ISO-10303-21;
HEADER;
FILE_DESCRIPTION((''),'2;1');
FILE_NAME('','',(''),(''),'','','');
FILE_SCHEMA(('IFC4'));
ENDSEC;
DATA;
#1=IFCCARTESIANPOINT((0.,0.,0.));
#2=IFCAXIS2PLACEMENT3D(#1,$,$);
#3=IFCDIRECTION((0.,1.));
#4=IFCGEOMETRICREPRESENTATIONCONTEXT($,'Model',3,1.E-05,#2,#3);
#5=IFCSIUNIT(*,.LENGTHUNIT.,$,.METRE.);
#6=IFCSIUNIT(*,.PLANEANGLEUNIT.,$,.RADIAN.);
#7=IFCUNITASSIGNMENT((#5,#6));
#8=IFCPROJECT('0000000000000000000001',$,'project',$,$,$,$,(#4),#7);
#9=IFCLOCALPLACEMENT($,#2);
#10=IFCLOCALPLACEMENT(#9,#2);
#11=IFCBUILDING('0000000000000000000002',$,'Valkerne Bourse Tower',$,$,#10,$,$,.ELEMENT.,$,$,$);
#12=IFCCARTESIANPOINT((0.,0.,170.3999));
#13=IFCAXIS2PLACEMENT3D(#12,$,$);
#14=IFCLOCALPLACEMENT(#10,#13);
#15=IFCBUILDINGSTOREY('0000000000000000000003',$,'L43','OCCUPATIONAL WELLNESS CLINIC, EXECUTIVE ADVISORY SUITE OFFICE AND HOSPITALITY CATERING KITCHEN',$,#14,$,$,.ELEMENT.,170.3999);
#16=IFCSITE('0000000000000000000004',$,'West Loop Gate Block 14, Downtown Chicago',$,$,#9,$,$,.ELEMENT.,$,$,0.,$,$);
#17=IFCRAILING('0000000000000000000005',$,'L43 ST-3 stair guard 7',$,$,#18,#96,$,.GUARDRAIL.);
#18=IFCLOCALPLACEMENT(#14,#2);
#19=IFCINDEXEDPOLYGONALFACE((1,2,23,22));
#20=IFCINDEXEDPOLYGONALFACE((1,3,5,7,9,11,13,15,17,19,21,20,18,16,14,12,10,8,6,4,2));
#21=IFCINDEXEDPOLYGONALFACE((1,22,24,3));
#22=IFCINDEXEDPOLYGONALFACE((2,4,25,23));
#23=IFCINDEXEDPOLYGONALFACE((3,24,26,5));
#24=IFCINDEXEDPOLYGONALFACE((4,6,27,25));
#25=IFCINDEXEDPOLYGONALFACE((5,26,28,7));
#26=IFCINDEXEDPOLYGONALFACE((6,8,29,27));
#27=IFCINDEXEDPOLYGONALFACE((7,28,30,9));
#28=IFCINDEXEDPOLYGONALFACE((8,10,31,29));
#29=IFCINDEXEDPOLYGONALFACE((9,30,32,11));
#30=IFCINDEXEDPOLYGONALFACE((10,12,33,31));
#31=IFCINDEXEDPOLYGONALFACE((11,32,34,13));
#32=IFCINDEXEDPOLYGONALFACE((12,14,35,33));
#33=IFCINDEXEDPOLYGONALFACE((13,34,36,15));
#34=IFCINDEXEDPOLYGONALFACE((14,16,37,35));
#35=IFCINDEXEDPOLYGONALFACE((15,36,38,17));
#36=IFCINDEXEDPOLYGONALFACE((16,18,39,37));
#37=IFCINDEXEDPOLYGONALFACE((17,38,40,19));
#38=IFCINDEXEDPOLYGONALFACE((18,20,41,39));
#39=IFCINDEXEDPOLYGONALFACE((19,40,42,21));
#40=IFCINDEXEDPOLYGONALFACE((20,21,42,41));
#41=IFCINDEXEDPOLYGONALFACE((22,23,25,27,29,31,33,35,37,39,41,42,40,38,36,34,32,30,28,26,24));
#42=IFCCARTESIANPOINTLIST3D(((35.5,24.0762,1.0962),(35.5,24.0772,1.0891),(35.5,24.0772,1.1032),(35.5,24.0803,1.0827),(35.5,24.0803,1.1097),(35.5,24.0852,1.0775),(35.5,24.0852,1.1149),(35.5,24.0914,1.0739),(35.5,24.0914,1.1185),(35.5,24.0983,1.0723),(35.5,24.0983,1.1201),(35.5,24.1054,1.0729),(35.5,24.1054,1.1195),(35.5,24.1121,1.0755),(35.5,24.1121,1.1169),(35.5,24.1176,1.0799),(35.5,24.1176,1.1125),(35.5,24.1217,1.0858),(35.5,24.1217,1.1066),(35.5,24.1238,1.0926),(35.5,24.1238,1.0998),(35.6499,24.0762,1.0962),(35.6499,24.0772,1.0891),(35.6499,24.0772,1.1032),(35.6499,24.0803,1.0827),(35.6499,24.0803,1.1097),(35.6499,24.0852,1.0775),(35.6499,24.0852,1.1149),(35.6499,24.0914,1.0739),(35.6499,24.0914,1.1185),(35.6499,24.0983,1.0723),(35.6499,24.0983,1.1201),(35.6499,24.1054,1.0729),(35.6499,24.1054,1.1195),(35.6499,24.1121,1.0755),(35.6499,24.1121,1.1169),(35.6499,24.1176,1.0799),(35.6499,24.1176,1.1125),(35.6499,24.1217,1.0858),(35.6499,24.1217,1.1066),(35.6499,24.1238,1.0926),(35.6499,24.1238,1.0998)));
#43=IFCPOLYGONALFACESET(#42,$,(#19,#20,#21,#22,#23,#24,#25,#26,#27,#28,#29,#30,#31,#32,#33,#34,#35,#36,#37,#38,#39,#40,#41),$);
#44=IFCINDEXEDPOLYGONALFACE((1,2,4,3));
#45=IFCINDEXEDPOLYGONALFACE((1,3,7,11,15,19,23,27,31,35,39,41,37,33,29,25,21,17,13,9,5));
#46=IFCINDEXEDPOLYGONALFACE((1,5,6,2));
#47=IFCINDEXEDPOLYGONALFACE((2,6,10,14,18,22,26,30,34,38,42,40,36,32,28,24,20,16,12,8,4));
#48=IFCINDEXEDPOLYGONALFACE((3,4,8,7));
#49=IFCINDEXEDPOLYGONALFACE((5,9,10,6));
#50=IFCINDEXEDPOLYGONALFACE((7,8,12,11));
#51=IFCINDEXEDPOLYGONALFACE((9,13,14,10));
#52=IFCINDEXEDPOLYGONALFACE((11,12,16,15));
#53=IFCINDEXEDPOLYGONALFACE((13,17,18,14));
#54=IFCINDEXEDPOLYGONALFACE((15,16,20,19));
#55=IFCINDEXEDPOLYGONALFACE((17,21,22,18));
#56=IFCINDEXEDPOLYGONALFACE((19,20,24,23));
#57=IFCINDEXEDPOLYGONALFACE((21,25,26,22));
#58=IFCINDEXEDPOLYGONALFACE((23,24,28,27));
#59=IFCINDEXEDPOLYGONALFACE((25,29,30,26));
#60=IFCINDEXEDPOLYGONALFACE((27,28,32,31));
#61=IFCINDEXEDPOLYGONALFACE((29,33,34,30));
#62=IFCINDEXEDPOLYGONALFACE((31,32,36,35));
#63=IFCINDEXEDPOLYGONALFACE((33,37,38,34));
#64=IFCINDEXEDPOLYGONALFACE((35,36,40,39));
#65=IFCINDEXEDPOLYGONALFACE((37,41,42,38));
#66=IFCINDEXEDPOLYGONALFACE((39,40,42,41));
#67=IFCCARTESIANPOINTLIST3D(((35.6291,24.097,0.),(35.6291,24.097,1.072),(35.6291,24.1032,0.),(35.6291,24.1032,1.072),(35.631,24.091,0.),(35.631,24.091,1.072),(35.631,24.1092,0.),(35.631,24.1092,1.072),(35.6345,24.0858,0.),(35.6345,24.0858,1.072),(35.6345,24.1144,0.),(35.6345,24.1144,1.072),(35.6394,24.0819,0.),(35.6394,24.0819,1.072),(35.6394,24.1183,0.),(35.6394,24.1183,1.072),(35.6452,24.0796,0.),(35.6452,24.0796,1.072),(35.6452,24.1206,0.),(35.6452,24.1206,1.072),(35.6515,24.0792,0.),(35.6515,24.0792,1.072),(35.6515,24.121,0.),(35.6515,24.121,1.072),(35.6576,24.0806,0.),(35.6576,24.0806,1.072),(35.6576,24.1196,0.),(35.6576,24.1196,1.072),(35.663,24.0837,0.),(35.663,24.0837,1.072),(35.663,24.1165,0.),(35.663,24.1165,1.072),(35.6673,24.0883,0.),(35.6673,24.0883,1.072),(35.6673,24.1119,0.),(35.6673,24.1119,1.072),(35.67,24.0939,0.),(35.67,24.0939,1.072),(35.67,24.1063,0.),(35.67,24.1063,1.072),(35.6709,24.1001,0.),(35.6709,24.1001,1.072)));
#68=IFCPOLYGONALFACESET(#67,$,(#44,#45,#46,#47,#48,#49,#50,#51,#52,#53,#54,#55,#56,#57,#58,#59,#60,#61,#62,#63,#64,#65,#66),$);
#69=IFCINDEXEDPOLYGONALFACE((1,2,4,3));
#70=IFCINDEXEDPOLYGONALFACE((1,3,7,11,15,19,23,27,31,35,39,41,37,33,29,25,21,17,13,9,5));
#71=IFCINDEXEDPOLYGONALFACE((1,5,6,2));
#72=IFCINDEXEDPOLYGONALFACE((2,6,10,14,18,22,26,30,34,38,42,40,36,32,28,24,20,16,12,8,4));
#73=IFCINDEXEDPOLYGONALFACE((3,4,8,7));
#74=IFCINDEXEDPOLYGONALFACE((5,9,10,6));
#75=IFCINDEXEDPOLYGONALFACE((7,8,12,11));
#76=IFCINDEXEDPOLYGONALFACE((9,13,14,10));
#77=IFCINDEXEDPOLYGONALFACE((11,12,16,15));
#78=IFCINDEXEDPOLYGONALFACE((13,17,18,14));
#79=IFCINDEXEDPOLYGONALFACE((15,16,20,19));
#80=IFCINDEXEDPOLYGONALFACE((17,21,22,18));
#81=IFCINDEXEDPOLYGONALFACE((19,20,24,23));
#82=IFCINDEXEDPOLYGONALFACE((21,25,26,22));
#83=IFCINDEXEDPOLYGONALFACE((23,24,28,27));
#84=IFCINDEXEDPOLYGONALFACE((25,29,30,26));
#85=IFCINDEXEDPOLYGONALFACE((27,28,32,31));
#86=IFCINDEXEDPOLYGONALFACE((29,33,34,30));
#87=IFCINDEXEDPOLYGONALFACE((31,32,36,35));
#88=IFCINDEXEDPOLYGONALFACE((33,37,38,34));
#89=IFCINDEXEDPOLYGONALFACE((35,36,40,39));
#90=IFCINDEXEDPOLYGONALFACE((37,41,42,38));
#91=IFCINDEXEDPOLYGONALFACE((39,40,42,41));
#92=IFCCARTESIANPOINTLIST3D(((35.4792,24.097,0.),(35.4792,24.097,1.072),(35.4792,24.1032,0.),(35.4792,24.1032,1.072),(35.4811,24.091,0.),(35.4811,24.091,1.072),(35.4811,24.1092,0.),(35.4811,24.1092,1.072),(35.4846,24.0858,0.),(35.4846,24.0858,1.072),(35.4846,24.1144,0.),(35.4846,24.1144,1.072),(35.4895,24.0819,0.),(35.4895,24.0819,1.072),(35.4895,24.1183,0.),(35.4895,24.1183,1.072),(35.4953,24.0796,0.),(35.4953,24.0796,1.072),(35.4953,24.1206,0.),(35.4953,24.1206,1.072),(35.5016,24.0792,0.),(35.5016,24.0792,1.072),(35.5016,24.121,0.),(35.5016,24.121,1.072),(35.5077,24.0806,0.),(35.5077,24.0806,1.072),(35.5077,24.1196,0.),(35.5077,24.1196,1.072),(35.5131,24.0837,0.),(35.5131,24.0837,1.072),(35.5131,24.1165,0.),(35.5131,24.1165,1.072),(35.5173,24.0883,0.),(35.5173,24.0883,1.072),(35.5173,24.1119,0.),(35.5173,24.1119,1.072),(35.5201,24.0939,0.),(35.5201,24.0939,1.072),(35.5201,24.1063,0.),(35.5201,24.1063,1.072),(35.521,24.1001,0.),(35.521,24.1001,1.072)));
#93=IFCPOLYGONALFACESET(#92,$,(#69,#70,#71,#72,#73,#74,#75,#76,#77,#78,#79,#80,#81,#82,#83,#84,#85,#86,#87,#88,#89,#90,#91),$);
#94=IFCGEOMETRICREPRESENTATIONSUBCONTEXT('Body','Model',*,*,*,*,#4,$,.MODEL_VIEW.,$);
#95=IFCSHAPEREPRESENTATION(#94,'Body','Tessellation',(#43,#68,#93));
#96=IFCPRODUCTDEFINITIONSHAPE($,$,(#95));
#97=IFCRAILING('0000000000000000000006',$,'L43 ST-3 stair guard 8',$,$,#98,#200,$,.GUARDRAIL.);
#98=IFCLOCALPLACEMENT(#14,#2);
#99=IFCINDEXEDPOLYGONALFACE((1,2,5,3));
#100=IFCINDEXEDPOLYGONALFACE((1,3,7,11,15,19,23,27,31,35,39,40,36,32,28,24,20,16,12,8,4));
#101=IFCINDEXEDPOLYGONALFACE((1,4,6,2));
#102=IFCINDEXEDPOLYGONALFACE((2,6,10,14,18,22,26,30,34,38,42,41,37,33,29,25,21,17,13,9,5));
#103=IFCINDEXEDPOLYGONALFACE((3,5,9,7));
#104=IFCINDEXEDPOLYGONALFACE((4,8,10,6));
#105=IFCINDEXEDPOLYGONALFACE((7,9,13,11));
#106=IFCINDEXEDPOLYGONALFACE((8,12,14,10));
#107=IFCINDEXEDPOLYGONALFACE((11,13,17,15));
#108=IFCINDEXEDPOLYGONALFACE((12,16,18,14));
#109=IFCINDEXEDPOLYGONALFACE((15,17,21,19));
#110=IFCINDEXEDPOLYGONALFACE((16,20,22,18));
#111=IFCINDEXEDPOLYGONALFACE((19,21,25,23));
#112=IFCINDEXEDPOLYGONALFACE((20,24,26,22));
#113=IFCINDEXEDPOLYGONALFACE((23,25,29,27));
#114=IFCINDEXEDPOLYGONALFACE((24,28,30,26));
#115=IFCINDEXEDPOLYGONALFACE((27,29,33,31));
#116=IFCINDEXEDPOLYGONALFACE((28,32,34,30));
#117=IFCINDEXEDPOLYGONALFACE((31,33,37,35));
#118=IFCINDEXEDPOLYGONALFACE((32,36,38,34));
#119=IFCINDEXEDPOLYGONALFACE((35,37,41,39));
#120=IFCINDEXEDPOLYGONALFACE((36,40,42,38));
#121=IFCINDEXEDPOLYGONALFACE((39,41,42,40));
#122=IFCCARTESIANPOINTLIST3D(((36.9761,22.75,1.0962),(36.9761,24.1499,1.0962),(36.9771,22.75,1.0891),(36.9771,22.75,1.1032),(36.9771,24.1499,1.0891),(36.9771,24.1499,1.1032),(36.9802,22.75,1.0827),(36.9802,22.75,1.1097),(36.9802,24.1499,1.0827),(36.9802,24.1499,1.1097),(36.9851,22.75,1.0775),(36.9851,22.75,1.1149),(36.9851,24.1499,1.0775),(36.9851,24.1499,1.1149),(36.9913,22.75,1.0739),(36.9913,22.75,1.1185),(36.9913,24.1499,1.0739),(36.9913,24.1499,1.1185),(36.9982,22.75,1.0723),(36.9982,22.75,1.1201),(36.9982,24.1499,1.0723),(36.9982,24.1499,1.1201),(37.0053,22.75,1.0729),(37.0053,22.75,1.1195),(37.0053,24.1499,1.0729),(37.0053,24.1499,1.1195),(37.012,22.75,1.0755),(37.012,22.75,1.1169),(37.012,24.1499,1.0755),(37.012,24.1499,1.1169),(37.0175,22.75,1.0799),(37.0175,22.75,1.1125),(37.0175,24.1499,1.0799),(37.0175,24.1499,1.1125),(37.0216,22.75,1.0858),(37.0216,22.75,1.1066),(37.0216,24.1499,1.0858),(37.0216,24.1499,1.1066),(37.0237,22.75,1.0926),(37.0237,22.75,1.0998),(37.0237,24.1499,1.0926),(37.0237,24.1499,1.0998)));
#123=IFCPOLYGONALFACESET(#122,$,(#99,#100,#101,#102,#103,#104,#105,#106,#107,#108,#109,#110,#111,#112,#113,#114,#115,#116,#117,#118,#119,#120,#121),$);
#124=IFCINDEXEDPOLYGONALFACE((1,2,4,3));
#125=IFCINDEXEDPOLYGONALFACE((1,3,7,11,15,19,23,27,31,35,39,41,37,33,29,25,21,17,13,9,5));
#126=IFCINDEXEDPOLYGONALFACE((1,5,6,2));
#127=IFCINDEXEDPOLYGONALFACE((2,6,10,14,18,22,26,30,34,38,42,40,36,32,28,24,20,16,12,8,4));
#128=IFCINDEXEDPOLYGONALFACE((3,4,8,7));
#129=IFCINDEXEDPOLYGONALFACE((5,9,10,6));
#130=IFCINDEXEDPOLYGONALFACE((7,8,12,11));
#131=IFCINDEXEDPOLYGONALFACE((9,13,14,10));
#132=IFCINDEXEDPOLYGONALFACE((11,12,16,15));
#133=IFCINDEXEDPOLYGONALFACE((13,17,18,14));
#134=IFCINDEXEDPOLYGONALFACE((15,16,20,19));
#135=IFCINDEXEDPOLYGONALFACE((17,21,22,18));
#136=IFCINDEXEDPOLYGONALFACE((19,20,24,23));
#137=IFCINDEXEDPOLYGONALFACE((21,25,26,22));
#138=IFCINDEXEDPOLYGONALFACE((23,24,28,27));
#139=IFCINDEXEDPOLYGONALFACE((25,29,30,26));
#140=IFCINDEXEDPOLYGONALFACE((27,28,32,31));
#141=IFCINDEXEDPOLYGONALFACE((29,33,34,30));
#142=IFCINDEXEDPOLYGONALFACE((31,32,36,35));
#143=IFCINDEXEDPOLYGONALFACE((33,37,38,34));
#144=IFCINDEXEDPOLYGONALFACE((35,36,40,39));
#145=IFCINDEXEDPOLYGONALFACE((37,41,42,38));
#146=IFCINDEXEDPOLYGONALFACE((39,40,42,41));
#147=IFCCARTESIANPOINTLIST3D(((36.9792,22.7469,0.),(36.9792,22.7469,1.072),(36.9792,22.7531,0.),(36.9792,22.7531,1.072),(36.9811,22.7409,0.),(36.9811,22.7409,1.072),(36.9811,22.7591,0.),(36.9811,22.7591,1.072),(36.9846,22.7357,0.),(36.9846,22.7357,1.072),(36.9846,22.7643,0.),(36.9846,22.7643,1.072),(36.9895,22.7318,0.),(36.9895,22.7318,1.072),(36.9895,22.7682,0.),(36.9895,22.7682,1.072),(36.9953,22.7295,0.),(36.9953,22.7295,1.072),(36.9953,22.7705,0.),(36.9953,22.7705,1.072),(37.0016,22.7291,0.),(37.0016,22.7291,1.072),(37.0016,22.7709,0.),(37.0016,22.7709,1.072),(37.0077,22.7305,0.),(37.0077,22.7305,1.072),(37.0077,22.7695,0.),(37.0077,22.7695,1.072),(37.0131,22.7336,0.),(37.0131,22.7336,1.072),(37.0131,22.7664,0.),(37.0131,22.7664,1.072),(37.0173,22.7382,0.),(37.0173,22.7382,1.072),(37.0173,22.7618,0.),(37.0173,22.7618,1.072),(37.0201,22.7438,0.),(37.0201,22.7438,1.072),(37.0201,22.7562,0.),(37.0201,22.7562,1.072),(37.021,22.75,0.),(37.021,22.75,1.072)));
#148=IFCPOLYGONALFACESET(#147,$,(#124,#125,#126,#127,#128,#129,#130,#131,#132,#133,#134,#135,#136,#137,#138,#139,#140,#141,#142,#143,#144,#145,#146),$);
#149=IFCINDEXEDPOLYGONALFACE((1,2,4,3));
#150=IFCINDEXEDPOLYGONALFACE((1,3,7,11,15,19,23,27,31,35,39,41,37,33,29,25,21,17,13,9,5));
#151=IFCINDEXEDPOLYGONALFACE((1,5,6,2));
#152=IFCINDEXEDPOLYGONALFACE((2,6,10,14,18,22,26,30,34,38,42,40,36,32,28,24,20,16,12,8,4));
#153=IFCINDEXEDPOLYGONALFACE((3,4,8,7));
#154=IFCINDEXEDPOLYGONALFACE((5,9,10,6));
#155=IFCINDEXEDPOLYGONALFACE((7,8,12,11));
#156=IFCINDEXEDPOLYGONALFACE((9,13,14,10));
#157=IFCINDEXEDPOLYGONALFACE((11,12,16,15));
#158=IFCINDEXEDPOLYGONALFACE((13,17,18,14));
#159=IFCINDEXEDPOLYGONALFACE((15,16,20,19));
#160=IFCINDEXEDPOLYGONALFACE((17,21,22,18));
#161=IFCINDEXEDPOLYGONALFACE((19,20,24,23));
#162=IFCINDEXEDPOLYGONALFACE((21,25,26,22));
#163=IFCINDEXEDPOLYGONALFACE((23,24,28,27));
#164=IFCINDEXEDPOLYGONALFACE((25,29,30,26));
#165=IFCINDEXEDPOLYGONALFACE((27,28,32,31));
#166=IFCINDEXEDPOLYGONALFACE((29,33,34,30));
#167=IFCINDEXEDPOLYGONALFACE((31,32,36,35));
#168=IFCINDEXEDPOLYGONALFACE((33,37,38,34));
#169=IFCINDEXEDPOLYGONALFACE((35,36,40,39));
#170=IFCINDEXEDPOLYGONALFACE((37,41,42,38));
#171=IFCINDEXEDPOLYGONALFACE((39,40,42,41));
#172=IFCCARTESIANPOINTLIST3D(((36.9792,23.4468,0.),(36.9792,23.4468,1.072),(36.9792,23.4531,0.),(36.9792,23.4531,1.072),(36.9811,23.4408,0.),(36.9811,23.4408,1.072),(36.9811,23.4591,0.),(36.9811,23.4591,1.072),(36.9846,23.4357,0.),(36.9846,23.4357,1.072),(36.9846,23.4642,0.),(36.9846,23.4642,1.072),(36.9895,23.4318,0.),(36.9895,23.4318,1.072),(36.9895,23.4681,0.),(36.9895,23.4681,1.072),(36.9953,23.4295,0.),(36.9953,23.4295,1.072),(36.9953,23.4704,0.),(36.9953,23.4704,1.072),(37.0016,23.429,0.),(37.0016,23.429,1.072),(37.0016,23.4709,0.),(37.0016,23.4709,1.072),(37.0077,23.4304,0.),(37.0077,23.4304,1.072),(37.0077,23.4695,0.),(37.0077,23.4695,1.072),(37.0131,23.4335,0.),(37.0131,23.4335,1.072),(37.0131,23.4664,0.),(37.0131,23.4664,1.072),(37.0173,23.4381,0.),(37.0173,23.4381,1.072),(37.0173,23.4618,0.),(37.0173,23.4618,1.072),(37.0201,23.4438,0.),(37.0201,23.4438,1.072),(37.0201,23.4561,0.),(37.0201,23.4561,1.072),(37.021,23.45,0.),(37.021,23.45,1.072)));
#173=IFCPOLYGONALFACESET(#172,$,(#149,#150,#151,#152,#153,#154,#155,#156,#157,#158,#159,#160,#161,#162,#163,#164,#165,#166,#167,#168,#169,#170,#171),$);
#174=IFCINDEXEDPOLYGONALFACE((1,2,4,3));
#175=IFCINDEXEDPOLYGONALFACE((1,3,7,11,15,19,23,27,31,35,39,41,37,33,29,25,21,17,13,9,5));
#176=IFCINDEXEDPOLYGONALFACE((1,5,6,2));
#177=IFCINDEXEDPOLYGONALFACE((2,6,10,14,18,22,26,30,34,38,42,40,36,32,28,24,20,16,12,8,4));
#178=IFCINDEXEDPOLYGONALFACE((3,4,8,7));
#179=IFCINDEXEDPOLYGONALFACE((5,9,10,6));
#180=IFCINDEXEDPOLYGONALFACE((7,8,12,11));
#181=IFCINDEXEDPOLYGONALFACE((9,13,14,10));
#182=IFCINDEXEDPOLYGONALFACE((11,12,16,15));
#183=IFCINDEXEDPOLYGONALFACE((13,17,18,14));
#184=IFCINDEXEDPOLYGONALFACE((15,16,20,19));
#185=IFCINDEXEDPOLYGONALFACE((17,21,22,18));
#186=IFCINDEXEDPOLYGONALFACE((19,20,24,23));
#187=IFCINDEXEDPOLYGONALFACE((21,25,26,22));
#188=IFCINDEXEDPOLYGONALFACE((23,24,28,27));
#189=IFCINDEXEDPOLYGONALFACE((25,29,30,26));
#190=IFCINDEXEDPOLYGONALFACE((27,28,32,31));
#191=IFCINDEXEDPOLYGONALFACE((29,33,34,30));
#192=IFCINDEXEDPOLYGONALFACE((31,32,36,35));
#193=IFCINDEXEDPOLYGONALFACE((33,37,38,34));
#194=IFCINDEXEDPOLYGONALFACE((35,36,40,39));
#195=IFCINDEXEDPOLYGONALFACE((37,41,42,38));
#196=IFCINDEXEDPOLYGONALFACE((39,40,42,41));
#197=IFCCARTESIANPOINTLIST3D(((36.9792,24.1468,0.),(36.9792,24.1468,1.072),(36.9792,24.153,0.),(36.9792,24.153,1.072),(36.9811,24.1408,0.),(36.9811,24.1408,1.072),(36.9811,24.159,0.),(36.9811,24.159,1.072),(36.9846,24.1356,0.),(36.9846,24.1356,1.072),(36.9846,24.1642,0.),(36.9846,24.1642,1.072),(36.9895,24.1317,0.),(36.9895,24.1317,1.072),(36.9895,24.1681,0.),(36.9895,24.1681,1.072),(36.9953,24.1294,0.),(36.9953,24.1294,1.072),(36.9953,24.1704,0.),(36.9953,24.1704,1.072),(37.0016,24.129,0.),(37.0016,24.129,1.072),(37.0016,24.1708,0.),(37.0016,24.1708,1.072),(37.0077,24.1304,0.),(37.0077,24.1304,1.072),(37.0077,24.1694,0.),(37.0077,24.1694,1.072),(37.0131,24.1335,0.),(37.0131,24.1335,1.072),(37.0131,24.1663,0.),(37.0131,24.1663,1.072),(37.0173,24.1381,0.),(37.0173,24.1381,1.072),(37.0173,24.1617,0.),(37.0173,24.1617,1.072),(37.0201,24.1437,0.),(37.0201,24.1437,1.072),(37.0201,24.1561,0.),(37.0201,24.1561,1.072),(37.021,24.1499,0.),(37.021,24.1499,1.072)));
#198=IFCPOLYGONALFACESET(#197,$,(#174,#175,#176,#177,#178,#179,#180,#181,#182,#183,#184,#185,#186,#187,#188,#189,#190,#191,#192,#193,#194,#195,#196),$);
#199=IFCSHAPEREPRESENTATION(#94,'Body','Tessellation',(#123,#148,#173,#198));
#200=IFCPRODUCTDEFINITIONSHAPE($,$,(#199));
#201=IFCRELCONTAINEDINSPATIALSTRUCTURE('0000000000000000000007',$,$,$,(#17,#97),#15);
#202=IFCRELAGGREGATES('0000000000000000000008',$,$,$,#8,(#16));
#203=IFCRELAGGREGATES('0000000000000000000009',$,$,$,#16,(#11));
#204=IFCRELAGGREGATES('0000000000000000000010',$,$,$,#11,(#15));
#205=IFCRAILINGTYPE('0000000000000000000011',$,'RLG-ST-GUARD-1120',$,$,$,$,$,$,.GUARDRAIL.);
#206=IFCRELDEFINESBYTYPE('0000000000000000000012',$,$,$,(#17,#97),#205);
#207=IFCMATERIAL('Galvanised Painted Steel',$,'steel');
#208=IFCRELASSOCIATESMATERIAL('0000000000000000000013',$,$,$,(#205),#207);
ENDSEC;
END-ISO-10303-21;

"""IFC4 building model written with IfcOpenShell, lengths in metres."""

from ifc_helpers import new_model, si_unit, direction, frame, origin, origin_2d, place, context, subcontext, project, spatial, circle, extrude, material, type_object, element, save


model = new_model("IFC4")

# Units and contexts
model_context = context("Model", 3, precision=1e-05, world=origin(), true_north=direction((0.0, 1.0)))
body_context = subcontext(model_context, "Body", "Model", "MODEL_VIEW")
ifc_project = project(units=[si_unit("LENGTHUNIT", "METRE"), si_unit("PLANEANGLEUNIT", "RADIAN")], contexts=[model_context])

# Site, building, storey
site_placement = place(None, origin())
site = spatial("IfcSite", under=ifc_project, at=site_placement, Name="West Loop Gate Block 14, Downtown Chicago", CompositionType="ELEMENT", RefElevation=0.0)
building_placement = place(site_placement, origin())
building = spatial("IfcBuilding", under=site, at=building_placement, Name="Valkerne Bourse Tower", CompositionType="ELEMENT")
storey_placement = place(building_placement, frame((0.0, 0.0, 170.3999)))
storey = spatial("IfcBuildingStorey", under=building, at=storey_placement, Name="L43", Description="OCCUPATIONAL WELLNESS CLINIC, EXECUTIVE ADVISORY SUITE OFFICE AND HOSPITALITY CATERING KITCHEN", CompositionType="ELEMENT", Elevation=170.3999)

# Railings
ifc_material_1 = material(Name="Galvanised Painted Steel", Category="steel")
railing_type_1 = type_object("IfcRailingType", Name="RLG-ST-GUARD-1120", PredefinedType="GUARDRAIL", material=ifc_material_1)
railing_1_placement = place(storey_placement, frame((35.6499, 24.1001, 0.0)))
element("IfcRailing", 1, at=railing_1_placement, inside=storey, type_object=railing_type_1, Name="L43 ST-3 stair guard 7", PredefinedType="GUARDRAIL", context=body_context, shape_type="SweptSolid", body=[
    extrude(circle(Radius=0.0239, at=origin_2d()), frame((0.0, 0.0, 1.0962), z_axis=(-1.0, 0.0, 0.0), x_axis=(0.0, -1.0, 0.0)), (0.0, 0.0, 1.0), 0.1499),
    extrude(circle(Radius=0.021, at=origin_2d()), origin(), (0.0, 0.0, 1.0), 1.072),
    extrude(circle(Radius=0.021, at=origin_2d()), frame((-0.1499, 0.0, 0.0)), (0.0, 0.0, 1.0), 1.072),
])
for number, where, name in (
    (2, (37.0, 22.75, 0.0), "L43 ST-3 stair guard 8"),
):
    element("IfcRailing", number, at=place(storey_placement, frame(where)), inside=storey, type_object=railing_type_1, Name=name, PredefinedType="GUARDRAIL", context=body_context, shape_type="SweptSolid", body=[
        extrude(circle(Radius=0.0239, at=origin_2d()), frame((0.0, 0.0, 1.0962), z_axis=(0.0, 1.0, 0.0), x_axis=(-1.0, 0.0, 0.0)), (0.0, 0.0, 1.0), 1.3999),
        extrude(circle(Radius=0.021, at=origin_2d()), origin(), (0.0, 0.0, 1.0), 1.072),
        extrude(circle(Radius=0.021, at=origin_2d()), frame((0.0, 0.7, 0.0)), (0.0, 0.0, 1.0), 1.072),
        extrude(circle(Radius=0.021, at=origin_2d()), frame((0.0, 1.3999, 0.0)), (0.0, 0.0, 1.0), 1.072),
    ])

save(model, "model.ifc")
